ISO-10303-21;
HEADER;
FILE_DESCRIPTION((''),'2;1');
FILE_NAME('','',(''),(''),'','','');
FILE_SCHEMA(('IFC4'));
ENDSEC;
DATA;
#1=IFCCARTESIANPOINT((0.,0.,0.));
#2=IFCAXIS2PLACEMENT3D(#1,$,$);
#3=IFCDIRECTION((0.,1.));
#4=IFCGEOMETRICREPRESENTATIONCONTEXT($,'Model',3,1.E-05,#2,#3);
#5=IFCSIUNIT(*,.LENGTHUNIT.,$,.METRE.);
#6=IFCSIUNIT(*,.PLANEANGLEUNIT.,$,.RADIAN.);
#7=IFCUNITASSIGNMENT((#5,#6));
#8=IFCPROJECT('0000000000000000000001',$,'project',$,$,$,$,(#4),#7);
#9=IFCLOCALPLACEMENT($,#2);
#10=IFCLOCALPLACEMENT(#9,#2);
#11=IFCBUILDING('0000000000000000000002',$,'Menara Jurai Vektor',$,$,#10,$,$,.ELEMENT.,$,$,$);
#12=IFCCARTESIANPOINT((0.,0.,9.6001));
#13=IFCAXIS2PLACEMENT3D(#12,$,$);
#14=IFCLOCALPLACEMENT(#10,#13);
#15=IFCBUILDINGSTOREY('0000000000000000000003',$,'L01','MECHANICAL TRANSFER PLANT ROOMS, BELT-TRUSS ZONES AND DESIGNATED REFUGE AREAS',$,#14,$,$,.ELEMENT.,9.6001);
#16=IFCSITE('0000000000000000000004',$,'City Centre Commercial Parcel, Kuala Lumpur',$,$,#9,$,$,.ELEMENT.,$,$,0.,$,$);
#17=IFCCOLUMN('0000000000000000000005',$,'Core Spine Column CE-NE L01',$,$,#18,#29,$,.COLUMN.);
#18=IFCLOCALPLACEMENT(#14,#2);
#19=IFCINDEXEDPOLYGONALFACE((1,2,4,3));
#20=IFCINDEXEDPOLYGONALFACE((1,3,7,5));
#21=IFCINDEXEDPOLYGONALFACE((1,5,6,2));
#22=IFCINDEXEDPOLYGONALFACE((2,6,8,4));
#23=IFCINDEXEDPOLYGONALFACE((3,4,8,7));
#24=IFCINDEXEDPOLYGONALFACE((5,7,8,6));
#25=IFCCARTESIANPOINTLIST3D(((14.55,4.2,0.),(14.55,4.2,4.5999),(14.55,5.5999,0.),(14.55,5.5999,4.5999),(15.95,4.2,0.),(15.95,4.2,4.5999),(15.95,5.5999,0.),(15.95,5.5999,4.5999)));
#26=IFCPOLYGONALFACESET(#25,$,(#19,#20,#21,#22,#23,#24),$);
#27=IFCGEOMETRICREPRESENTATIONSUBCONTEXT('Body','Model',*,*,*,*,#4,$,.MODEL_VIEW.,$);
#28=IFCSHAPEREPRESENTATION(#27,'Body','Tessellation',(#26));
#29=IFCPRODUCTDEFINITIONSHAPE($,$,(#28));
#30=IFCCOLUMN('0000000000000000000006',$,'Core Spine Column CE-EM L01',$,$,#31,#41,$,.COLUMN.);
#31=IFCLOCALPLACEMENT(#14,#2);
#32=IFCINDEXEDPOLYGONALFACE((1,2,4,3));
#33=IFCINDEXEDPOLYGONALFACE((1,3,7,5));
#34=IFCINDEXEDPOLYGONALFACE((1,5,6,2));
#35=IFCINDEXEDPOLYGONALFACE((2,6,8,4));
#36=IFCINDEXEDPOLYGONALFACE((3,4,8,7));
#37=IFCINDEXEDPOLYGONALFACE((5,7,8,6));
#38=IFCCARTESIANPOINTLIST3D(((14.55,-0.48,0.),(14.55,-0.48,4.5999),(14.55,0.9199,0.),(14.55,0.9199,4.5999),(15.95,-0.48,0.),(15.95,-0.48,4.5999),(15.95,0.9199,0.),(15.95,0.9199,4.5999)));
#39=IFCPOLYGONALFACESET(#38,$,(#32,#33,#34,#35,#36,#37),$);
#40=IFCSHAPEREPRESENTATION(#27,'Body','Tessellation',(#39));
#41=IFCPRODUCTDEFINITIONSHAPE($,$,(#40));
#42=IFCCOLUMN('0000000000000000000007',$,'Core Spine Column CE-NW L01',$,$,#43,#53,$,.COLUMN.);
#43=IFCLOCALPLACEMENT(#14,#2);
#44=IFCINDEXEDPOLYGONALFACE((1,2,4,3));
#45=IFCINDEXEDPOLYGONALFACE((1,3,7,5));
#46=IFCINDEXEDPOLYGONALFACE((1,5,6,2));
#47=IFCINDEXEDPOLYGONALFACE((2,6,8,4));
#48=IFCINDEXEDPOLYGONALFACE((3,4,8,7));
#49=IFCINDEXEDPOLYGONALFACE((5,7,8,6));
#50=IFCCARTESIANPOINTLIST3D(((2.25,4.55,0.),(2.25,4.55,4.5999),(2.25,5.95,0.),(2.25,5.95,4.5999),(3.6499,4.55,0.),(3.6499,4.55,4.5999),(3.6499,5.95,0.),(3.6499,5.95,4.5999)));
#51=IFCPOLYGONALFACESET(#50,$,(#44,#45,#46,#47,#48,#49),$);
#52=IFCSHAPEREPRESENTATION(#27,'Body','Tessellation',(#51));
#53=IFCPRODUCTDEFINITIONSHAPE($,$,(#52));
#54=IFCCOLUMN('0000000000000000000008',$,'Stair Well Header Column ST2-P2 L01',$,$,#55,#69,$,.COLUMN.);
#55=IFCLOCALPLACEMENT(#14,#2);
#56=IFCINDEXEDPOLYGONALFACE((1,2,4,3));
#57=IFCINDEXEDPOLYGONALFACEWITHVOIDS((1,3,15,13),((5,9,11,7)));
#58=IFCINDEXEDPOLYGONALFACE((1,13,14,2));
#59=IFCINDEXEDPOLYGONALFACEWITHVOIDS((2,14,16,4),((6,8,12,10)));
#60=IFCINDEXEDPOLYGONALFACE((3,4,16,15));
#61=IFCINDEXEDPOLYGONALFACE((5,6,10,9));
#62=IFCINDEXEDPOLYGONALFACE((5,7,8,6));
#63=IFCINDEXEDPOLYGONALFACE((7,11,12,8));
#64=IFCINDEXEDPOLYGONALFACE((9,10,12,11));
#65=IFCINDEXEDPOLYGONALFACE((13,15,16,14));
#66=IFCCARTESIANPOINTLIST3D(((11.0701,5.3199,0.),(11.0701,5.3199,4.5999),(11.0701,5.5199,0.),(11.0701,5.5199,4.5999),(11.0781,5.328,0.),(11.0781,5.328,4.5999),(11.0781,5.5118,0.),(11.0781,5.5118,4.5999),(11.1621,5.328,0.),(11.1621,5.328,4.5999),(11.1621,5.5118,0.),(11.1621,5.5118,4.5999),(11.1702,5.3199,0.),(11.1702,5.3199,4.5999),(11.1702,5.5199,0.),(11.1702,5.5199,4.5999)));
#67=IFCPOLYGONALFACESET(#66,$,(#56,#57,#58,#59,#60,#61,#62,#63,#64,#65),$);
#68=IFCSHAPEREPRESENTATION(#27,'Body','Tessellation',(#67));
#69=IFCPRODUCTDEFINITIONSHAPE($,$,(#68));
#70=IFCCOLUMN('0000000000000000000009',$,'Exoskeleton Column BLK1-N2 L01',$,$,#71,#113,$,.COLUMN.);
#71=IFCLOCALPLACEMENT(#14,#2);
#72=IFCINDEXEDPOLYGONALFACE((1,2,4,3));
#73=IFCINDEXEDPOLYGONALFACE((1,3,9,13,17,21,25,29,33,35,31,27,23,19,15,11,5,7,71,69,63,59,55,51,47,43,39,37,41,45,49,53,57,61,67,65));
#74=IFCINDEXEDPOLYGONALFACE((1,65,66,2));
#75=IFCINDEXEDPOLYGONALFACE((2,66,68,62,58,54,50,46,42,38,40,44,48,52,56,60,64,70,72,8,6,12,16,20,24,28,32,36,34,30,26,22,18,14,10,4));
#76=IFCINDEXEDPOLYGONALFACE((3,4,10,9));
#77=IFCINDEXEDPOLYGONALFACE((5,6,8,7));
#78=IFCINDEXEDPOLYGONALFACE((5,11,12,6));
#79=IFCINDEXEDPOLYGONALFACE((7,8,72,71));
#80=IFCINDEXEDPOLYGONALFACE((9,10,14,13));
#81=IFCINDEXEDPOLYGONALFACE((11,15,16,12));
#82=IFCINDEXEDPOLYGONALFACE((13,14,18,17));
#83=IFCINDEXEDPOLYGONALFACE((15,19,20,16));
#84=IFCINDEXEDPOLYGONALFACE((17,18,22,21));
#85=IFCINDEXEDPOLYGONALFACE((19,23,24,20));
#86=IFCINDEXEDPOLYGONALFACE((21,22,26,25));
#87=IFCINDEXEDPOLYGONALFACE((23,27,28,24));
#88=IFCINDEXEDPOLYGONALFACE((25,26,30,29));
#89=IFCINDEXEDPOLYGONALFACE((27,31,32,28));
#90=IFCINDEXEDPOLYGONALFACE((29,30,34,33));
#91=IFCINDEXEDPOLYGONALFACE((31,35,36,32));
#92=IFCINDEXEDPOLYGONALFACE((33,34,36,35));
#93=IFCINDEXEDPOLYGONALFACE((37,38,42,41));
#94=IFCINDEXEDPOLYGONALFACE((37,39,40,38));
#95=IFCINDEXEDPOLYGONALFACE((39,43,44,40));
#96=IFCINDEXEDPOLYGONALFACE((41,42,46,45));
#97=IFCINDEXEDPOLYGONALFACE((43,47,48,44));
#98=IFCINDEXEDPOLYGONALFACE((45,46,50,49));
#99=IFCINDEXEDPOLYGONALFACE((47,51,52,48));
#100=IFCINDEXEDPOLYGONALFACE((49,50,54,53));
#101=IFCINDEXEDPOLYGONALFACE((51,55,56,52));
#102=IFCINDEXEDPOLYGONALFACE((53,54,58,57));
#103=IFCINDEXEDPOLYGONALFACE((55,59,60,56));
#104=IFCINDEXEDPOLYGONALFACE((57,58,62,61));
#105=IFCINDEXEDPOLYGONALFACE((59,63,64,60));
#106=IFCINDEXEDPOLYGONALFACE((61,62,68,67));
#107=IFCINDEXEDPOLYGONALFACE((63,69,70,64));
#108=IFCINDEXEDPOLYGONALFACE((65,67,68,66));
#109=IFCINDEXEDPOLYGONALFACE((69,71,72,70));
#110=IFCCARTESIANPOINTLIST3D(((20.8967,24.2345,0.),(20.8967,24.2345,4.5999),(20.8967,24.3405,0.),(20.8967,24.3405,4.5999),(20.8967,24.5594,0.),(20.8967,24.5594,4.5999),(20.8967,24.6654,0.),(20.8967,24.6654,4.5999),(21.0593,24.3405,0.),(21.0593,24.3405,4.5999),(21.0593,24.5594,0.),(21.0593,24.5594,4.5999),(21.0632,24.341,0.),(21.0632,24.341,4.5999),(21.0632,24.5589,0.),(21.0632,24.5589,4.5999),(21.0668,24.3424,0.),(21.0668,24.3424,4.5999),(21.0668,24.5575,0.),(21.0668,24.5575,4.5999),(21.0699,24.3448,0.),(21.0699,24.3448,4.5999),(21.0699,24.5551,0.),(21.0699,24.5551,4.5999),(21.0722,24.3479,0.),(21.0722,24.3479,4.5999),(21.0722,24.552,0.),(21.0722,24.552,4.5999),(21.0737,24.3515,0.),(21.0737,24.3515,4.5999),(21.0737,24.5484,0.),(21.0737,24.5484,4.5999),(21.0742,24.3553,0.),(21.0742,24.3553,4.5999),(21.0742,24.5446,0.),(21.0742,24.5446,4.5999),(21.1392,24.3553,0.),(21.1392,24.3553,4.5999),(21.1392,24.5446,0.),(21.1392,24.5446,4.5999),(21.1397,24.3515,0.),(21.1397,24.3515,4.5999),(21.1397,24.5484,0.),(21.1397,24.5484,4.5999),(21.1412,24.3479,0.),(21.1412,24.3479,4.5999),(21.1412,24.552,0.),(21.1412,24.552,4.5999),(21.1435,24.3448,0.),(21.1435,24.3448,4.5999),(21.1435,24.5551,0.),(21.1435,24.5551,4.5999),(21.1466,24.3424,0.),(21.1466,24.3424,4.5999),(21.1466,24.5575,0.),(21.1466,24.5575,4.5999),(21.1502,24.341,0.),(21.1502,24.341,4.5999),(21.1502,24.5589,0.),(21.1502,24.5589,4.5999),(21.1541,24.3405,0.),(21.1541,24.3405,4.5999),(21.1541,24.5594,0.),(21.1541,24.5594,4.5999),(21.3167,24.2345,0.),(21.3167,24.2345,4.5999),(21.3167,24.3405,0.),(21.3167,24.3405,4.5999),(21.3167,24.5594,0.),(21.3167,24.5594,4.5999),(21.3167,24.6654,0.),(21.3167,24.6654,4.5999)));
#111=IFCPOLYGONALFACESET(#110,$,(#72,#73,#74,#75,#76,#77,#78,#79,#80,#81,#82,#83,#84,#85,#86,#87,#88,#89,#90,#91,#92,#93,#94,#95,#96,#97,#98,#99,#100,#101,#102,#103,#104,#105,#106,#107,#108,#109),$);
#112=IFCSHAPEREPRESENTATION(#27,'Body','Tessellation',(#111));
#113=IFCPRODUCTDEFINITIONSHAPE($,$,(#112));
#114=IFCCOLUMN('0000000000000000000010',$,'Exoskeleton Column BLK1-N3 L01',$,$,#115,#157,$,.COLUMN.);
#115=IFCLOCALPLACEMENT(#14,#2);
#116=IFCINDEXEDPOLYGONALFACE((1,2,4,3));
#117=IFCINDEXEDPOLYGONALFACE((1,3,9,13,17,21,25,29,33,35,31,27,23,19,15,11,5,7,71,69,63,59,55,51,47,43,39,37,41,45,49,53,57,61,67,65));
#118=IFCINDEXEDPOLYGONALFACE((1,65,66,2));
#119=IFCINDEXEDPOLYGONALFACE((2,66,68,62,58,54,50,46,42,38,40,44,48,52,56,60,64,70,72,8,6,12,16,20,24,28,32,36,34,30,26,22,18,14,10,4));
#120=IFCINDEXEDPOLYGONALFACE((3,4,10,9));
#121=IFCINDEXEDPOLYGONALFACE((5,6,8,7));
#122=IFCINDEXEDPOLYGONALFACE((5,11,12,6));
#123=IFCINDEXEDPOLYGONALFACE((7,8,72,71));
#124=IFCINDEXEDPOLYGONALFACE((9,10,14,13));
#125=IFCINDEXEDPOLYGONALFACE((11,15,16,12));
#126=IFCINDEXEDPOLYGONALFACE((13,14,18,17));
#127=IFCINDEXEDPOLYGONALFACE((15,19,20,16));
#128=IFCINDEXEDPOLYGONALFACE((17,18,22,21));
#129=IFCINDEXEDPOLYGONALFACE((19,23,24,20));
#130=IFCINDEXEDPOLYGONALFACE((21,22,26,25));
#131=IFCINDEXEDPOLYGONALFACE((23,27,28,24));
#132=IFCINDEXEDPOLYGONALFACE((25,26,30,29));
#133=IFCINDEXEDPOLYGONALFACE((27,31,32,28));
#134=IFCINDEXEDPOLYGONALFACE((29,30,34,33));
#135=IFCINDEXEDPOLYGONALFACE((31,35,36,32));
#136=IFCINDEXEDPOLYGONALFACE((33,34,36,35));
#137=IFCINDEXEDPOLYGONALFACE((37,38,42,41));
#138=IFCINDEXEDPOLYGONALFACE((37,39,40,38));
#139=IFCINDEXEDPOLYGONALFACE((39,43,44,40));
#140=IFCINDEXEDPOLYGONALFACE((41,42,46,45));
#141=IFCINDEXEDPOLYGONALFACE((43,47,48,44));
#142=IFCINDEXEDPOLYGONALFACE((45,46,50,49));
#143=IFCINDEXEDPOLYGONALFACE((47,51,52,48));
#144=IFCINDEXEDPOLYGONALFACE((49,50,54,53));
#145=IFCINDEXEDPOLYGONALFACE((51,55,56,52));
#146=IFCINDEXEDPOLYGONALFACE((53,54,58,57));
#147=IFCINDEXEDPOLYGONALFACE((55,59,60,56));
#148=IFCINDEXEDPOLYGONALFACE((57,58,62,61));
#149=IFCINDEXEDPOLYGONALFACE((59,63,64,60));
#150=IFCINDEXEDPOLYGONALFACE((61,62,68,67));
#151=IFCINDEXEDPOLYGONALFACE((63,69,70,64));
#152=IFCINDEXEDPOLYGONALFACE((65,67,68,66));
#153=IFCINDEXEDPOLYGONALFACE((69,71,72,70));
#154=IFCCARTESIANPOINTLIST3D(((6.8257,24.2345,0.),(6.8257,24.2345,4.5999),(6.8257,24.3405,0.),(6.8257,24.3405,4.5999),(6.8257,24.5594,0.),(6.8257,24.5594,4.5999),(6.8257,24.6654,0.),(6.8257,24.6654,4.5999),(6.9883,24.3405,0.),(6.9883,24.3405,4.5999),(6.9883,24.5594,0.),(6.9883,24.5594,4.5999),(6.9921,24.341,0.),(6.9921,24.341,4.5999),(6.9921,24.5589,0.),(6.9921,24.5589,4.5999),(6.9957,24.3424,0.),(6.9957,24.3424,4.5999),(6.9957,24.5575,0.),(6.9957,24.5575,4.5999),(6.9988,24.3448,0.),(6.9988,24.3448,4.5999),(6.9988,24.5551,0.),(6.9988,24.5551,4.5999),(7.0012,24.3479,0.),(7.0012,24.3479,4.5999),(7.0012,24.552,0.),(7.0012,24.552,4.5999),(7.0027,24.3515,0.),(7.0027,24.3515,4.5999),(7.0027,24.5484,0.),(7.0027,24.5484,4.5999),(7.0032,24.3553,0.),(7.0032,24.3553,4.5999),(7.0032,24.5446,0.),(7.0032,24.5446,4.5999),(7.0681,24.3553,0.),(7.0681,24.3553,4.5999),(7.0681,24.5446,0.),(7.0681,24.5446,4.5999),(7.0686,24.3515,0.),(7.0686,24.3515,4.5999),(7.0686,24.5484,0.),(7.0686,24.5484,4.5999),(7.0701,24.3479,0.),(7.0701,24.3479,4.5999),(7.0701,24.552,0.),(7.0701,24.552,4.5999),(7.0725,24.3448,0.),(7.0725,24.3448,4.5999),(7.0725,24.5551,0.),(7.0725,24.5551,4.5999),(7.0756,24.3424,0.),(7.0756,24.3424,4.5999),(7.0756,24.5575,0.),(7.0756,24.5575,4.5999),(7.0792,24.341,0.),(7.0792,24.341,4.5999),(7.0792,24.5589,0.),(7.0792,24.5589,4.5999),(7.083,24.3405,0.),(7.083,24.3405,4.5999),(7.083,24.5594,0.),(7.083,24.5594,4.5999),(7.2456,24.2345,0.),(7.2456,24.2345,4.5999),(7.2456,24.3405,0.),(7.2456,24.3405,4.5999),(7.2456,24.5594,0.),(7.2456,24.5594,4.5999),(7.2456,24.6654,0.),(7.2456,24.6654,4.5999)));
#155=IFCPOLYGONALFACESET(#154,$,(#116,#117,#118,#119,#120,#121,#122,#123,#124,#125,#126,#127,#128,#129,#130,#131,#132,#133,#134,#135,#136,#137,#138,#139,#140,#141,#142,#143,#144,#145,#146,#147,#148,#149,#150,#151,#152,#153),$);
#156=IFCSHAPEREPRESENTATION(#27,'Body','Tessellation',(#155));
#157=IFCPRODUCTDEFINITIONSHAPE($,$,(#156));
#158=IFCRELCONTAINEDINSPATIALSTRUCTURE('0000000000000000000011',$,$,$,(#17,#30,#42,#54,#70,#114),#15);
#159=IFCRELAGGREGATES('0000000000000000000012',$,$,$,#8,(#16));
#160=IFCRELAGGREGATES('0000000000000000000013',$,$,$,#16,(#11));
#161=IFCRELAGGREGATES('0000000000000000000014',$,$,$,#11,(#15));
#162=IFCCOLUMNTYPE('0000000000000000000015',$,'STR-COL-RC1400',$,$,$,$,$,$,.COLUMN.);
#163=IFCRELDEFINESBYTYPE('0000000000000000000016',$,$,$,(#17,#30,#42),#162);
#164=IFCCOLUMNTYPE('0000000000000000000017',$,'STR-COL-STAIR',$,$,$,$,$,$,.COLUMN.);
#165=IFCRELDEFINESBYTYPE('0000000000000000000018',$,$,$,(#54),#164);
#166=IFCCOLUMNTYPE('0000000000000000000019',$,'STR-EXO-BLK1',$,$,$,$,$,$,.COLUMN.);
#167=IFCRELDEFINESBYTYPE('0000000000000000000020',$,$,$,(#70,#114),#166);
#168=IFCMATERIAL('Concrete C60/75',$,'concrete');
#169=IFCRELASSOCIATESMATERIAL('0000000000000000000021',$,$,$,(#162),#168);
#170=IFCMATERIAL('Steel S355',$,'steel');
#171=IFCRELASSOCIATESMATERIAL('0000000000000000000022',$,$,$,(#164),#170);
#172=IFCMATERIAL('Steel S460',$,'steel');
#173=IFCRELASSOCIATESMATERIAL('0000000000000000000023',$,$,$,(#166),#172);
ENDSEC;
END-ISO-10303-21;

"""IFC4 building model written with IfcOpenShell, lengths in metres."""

from ifc_helpers import new_model, si_unit, direction, frame, origin, origin_2d, place, context, subcontext, project, spatial, rectangle, hollow_rectangle, i_section, extrude, material, material_profile, profile_set, type_object, element, save


model = new_model("IFC4")

# Units and contexts
model_context = context("Model", 3, precision=1e-05, world=origin(), true_north=direction((0.0, 1.0)))
body_context = subcontext(model_context, "Body", "Model", "MODEL_VIEW")
ifc_project = project(units=[si_unit("LENGTHUNIT", "METRE"), si_unit("PLANEANGLEUNIT", "RADIAN")], contexts=[model_context])

# Site, building, storey
site_placement = place(None, origin())
site = spatial("IfcSite", under=ifc_project, at=site_placement, Name="City Centre Commercial Parcel, Kuala Lumpur", CompositionType="ELEMENT", RefElevation=0.0)
building_placement = place(site_placement, origin())
building = spatial("IfcBuilding", under=site, at=building_placement, Name="Menara Jurai Vektor", CompositionType="ELEMENT")
storey_placement = place(building_placement, frame((0.0, 0.0, 9.6001)))
storey = spatial("IfcBuildingStorey", under=building, at=storey_placement, Name="L01", Description="MECHANICAL TRANSFER PLANT ROOMS, BELT-TRUSS ZONES AND DESIGNATED REFUGE AREAS", CompositionType="ELEMENT", Elevation=9.6001)

# Columns
ifc_material_1 = material(Name="Concrete C60/75", Category="concrete")
ifc_material_profile_1 = material_profile(ifc_material_1, rectangle(XDim=1.3999, YDim=1.3999, at=origin_2d()), Name="RC 1400x1400")
ifc_profile_set_1 = profile_set([ifc_material_profile_1], Name="Concrete C60/75")
column_type_1 = type_object("IfcColumnType", Name="STR-COL-RC1400", PredefinedType="COLUMN", material=ifc_profile_set_1)
for number, where, z_axis, x_axis, name in (
    (1, (15.25, 4.8999, 0.0), (0.0, 0.0, 1.0), (1.0, 0.0, 0.0), "Core Spine Column CE-NE L01"),
    (2, (15.25, 0.22, 0.0), (0.0, 0.0, 1.0), (1.0, 0.0, 0.0), "Core Spine Column CE-EM L01"),
    (3, (2.95, 5.25, 0.0), (0.0, 0.0, 1.0), (1.0, 0.0, 0.0), "Core Spine Column CE-NW L01"),
):
    element("IfcColumn", number, at=place(storey_placement, frame(where, z_axis=z_axis, x_axis=x_axis)), inside=storey, type_object=column_type_1, Name=name, PredefinedType="COLUMN", context=body_context, shape_type="SweptSolid", body=[
        extrude(rectangle(XDim=1.3999, YDim=1.3999, at=origin_2d()), origin(), (0.0, 0.0, 1.0), 4.5999),
    ])
ifc_material_2 = material(Name="Steel S355", Category="steel")
ifc_material_profile_2 = material_profile(ifc_material_2, hollow_rectangle(XDim=0.1001, YDim=0.2, WallThickness=0.0081, at=origin_2d()), Name="RHS 200x100x8")
ifc_profile_set_2 = profile_set([ifc_material_profile_2], Name="Steel S355")
column_type_2 = type_object("IfcColumnType", Name="STR-COL-STAIR", PredefinedType="COLUMN", material=ifc_profile_set_2)
column_placement = place(storey_placement, frame((11.1201, 5.4199, 0.0), z_axis=(0.0, 0.0, 1.0), x_axis=(1.0, 0.0, 0.0)))
element("IfcColumn", 4, at=column_placement, inside=storey, type_object=column_type_2, Name="Stair Well Header Column ST2-P2 L01", PredefinedType="COLUMN", context=body_context, shape_type="SweptSolid", body=[
    extrude(hollow_rectangle(XDim=0.1001, YDim=0.2, WallThickness=0.0081, at=origin_2d()), origin(), (0.0, 0.0, 1.0), 4.5999),
])
ifc_material_3 = material(Name="Steel S460", Category="steel")
ifc_material_profile_3 = material_profile(ifc_material_3, i_section(OverallWidth=0.4199, OverallDepth=0.4309, WebThickness=0.0649, FlangeThickness=0.106, FilletRadius=0.0149, at=origin_2d()), Name="HD 400x900")
ifc_profile_set_3 = profile_set([ifc_material_profile_3], Name="Steel S460")
column_type_3 = type_object("IfcColumnType", Name="STR-EXO-BLK1", PredefinedType="COLUMN", material=ifc_profile_set_3)
for number, where, z_axis, x_axis, name in (
    (5, (21.1067, 24.45, 0.0), (0.0, 0.0, 1.0), (1.0, 0.0, 0.0), "Exoskeleton Column BLK1-N2 L01"),
    (6, (7.0356, 24.45, 0.0), (0.0, 0.0, 1.0), (1.0, 0.0, 0.0), "Exoskeleton Column BLK1-N3 L01"),
):
    element("IfcColumn", number, at=place(storey_placement, frame(where, z_axis=z_axis, x_axis=x_axis)), inside=storey, type_object=column_type_3, Name=name, PredefinedType="COLUMN", context=body_context, shape_type="SweptSolid", body=[
        extrude(i_section(OverallWidth=0.4199, OverallDepth=0.4309, WebThickness=0.0649, FlangeThickness=0.106, FilletRadius=0.0149, at=origin_2d()), origin(), (0.0, 0.0, 1.0), 4.5999),
    ])

save(model, "model.ifc")
